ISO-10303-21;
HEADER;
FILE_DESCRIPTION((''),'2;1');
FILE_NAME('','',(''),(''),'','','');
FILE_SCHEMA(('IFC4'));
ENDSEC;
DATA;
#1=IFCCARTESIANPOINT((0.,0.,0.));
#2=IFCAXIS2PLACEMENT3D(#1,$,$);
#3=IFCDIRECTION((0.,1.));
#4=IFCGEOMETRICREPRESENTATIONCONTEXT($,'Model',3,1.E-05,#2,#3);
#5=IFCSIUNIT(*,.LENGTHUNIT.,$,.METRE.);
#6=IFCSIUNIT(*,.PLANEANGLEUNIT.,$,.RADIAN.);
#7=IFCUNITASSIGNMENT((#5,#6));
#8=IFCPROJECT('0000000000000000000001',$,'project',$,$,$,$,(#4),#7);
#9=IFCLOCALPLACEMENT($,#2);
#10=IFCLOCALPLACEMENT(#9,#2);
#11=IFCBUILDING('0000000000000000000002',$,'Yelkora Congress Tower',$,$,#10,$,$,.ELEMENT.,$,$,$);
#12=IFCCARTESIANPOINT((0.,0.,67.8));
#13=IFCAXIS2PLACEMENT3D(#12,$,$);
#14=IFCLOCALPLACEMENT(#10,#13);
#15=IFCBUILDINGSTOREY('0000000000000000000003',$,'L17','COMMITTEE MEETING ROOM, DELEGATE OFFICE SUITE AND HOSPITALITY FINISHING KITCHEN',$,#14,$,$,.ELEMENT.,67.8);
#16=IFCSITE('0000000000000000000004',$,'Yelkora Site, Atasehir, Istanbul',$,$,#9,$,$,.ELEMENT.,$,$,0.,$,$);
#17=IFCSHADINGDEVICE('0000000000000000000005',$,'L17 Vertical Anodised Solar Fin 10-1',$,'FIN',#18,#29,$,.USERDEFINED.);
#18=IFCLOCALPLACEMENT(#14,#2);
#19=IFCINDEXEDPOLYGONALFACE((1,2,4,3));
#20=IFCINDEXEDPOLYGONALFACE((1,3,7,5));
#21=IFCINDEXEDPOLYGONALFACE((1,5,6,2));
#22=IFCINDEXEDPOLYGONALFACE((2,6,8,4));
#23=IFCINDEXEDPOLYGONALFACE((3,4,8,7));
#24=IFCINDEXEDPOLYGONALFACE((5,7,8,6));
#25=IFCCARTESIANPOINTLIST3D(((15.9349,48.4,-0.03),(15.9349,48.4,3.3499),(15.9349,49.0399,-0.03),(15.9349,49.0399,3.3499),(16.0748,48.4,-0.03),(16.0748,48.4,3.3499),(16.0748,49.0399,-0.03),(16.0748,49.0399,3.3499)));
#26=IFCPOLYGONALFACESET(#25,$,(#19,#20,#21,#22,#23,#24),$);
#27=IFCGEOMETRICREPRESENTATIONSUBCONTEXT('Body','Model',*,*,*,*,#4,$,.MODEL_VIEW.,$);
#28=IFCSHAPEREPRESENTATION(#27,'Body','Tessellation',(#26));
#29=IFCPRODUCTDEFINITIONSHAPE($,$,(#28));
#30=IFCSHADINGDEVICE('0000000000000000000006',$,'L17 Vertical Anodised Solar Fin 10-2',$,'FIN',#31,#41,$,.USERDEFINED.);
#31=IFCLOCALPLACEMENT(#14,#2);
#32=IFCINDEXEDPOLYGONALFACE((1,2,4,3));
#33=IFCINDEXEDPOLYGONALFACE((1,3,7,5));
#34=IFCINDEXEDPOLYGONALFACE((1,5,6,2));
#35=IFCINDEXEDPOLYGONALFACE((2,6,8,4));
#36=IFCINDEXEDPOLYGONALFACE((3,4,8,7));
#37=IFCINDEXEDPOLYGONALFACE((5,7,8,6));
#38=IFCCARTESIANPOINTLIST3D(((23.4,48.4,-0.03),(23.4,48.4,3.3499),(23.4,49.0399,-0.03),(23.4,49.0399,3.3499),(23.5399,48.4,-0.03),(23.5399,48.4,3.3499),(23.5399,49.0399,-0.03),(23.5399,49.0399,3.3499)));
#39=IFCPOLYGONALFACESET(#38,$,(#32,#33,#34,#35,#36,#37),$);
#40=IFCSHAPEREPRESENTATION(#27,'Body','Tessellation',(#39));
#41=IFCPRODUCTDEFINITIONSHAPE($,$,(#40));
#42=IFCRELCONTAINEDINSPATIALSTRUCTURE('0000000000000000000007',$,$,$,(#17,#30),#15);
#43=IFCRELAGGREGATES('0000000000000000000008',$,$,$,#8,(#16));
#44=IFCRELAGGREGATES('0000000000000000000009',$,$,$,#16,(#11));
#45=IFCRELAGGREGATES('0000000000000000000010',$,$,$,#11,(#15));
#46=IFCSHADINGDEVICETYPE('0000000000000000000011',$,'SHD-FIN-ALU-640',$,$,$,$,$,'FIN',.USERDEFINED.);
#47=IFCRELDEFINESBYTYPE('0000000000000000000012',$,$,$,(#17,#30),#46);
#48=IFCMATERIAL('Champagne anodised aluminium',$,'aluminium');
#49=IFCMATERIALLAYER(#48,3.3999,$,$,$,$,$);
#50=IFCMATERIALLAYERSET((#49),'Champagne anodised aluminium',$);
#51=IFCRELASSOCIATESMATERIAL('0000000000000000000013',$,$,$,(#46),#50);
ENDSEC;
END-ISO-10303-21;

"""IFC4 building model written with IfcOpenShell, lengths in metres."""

from ifc_helpers import new_model, si_unit, direction, frame, origin, origin_2d, place, context, subcontext, project, spatial, rectangle, extrude, material, layer, layer_set, type_object, element, save


model = new_model("IFC4")

# Units and contexts
model_context = context("Model", 3, precision=1e-05, world=origin(), true_north=direction((0.0, 1.0)))
body_context = subcontext(model_context, "Body", "Model", "MODEL_VIEW")
ifc_project = project(units=[si_unit("LENGTHUNIT", "METRE"), si_unit("PLANEANGLEUNIT", "RADIAN")], contexts=[model_context])

# Site, building, storey
site_placement = place(None, origin())
site = spatial("IfcSite", under=ifc_project, at=site_placement, Name="Yelkora Site, Atasehir, Istanbul", CompositionType="ELEMENT", RefElevation=0.0)
building_placement = place(site_placement, origin())
building = spatial("IfcBuilding", under=site, at=building_placement, Name="Yelkora Congress Tower", CompositionType="ELEMENT")
storey_placement = place(building_placement, frame((0.0, 0.0, 67.8)))
storey = spatial("IfcBuildingStorey", under=building, at=storey_placement, Name="L17", Description="COMMITTEE MEETING ROOM, DELEGATE OFFICE SUITE AND HOSPITALITY FINISHING KITCHEN", CompositionType="ELEMENT", Elevation=67.8)

# Shading devices
ifc_material_1 = material(Name="Champagne anodised aluminium", Category="aluminium")
ifc_layer_1 = layer(ifc_material_1, 3.3999)
ifc_layer_set_1 = layer_set([ifc_layer_1], Name="Champagne anodised aluminium")
shading_device_type = type_object("IfcShadingDeviceType", Name="SHD-FIN-ALU-640", ElementType="FIN", PredefinedType="USERDEFINED", material=ifc_layer_set_1)
for number, where, z_axis, x_axis, name in (
    (1, (16.0049, 48.72, -0.03), (0.0, 0.0, 1.0), (1.0, 0.0, 0.0), "L17 Vertical Anodised Solar Fin 10-1"),
    (2, (23.47, 48.72, -0.03), (0.0, 0.0, 1.0), (1.0, 0.0, 0.0), "L17 Vertical Anodised Solar Fin 10-2"),
):
    element("IfcShadingDevice", number, at=place(storey_placement, frame(where, z_axis=z_axis, x_axis=x_axis)), inside=storey, type_object=shading_device_type, Name=name, ObjectType="FIN", PredefinedType="USERDEFINED", context=body_context, shape_type="SweptSolid", body=[
        extrude(rectangle(XDim=0.1399, YDim=0.6399, at=origin_2d()), origin(), (0.0, 0.0, 1.0), 3.3799),
    ])

save(model, "model.ifc")
